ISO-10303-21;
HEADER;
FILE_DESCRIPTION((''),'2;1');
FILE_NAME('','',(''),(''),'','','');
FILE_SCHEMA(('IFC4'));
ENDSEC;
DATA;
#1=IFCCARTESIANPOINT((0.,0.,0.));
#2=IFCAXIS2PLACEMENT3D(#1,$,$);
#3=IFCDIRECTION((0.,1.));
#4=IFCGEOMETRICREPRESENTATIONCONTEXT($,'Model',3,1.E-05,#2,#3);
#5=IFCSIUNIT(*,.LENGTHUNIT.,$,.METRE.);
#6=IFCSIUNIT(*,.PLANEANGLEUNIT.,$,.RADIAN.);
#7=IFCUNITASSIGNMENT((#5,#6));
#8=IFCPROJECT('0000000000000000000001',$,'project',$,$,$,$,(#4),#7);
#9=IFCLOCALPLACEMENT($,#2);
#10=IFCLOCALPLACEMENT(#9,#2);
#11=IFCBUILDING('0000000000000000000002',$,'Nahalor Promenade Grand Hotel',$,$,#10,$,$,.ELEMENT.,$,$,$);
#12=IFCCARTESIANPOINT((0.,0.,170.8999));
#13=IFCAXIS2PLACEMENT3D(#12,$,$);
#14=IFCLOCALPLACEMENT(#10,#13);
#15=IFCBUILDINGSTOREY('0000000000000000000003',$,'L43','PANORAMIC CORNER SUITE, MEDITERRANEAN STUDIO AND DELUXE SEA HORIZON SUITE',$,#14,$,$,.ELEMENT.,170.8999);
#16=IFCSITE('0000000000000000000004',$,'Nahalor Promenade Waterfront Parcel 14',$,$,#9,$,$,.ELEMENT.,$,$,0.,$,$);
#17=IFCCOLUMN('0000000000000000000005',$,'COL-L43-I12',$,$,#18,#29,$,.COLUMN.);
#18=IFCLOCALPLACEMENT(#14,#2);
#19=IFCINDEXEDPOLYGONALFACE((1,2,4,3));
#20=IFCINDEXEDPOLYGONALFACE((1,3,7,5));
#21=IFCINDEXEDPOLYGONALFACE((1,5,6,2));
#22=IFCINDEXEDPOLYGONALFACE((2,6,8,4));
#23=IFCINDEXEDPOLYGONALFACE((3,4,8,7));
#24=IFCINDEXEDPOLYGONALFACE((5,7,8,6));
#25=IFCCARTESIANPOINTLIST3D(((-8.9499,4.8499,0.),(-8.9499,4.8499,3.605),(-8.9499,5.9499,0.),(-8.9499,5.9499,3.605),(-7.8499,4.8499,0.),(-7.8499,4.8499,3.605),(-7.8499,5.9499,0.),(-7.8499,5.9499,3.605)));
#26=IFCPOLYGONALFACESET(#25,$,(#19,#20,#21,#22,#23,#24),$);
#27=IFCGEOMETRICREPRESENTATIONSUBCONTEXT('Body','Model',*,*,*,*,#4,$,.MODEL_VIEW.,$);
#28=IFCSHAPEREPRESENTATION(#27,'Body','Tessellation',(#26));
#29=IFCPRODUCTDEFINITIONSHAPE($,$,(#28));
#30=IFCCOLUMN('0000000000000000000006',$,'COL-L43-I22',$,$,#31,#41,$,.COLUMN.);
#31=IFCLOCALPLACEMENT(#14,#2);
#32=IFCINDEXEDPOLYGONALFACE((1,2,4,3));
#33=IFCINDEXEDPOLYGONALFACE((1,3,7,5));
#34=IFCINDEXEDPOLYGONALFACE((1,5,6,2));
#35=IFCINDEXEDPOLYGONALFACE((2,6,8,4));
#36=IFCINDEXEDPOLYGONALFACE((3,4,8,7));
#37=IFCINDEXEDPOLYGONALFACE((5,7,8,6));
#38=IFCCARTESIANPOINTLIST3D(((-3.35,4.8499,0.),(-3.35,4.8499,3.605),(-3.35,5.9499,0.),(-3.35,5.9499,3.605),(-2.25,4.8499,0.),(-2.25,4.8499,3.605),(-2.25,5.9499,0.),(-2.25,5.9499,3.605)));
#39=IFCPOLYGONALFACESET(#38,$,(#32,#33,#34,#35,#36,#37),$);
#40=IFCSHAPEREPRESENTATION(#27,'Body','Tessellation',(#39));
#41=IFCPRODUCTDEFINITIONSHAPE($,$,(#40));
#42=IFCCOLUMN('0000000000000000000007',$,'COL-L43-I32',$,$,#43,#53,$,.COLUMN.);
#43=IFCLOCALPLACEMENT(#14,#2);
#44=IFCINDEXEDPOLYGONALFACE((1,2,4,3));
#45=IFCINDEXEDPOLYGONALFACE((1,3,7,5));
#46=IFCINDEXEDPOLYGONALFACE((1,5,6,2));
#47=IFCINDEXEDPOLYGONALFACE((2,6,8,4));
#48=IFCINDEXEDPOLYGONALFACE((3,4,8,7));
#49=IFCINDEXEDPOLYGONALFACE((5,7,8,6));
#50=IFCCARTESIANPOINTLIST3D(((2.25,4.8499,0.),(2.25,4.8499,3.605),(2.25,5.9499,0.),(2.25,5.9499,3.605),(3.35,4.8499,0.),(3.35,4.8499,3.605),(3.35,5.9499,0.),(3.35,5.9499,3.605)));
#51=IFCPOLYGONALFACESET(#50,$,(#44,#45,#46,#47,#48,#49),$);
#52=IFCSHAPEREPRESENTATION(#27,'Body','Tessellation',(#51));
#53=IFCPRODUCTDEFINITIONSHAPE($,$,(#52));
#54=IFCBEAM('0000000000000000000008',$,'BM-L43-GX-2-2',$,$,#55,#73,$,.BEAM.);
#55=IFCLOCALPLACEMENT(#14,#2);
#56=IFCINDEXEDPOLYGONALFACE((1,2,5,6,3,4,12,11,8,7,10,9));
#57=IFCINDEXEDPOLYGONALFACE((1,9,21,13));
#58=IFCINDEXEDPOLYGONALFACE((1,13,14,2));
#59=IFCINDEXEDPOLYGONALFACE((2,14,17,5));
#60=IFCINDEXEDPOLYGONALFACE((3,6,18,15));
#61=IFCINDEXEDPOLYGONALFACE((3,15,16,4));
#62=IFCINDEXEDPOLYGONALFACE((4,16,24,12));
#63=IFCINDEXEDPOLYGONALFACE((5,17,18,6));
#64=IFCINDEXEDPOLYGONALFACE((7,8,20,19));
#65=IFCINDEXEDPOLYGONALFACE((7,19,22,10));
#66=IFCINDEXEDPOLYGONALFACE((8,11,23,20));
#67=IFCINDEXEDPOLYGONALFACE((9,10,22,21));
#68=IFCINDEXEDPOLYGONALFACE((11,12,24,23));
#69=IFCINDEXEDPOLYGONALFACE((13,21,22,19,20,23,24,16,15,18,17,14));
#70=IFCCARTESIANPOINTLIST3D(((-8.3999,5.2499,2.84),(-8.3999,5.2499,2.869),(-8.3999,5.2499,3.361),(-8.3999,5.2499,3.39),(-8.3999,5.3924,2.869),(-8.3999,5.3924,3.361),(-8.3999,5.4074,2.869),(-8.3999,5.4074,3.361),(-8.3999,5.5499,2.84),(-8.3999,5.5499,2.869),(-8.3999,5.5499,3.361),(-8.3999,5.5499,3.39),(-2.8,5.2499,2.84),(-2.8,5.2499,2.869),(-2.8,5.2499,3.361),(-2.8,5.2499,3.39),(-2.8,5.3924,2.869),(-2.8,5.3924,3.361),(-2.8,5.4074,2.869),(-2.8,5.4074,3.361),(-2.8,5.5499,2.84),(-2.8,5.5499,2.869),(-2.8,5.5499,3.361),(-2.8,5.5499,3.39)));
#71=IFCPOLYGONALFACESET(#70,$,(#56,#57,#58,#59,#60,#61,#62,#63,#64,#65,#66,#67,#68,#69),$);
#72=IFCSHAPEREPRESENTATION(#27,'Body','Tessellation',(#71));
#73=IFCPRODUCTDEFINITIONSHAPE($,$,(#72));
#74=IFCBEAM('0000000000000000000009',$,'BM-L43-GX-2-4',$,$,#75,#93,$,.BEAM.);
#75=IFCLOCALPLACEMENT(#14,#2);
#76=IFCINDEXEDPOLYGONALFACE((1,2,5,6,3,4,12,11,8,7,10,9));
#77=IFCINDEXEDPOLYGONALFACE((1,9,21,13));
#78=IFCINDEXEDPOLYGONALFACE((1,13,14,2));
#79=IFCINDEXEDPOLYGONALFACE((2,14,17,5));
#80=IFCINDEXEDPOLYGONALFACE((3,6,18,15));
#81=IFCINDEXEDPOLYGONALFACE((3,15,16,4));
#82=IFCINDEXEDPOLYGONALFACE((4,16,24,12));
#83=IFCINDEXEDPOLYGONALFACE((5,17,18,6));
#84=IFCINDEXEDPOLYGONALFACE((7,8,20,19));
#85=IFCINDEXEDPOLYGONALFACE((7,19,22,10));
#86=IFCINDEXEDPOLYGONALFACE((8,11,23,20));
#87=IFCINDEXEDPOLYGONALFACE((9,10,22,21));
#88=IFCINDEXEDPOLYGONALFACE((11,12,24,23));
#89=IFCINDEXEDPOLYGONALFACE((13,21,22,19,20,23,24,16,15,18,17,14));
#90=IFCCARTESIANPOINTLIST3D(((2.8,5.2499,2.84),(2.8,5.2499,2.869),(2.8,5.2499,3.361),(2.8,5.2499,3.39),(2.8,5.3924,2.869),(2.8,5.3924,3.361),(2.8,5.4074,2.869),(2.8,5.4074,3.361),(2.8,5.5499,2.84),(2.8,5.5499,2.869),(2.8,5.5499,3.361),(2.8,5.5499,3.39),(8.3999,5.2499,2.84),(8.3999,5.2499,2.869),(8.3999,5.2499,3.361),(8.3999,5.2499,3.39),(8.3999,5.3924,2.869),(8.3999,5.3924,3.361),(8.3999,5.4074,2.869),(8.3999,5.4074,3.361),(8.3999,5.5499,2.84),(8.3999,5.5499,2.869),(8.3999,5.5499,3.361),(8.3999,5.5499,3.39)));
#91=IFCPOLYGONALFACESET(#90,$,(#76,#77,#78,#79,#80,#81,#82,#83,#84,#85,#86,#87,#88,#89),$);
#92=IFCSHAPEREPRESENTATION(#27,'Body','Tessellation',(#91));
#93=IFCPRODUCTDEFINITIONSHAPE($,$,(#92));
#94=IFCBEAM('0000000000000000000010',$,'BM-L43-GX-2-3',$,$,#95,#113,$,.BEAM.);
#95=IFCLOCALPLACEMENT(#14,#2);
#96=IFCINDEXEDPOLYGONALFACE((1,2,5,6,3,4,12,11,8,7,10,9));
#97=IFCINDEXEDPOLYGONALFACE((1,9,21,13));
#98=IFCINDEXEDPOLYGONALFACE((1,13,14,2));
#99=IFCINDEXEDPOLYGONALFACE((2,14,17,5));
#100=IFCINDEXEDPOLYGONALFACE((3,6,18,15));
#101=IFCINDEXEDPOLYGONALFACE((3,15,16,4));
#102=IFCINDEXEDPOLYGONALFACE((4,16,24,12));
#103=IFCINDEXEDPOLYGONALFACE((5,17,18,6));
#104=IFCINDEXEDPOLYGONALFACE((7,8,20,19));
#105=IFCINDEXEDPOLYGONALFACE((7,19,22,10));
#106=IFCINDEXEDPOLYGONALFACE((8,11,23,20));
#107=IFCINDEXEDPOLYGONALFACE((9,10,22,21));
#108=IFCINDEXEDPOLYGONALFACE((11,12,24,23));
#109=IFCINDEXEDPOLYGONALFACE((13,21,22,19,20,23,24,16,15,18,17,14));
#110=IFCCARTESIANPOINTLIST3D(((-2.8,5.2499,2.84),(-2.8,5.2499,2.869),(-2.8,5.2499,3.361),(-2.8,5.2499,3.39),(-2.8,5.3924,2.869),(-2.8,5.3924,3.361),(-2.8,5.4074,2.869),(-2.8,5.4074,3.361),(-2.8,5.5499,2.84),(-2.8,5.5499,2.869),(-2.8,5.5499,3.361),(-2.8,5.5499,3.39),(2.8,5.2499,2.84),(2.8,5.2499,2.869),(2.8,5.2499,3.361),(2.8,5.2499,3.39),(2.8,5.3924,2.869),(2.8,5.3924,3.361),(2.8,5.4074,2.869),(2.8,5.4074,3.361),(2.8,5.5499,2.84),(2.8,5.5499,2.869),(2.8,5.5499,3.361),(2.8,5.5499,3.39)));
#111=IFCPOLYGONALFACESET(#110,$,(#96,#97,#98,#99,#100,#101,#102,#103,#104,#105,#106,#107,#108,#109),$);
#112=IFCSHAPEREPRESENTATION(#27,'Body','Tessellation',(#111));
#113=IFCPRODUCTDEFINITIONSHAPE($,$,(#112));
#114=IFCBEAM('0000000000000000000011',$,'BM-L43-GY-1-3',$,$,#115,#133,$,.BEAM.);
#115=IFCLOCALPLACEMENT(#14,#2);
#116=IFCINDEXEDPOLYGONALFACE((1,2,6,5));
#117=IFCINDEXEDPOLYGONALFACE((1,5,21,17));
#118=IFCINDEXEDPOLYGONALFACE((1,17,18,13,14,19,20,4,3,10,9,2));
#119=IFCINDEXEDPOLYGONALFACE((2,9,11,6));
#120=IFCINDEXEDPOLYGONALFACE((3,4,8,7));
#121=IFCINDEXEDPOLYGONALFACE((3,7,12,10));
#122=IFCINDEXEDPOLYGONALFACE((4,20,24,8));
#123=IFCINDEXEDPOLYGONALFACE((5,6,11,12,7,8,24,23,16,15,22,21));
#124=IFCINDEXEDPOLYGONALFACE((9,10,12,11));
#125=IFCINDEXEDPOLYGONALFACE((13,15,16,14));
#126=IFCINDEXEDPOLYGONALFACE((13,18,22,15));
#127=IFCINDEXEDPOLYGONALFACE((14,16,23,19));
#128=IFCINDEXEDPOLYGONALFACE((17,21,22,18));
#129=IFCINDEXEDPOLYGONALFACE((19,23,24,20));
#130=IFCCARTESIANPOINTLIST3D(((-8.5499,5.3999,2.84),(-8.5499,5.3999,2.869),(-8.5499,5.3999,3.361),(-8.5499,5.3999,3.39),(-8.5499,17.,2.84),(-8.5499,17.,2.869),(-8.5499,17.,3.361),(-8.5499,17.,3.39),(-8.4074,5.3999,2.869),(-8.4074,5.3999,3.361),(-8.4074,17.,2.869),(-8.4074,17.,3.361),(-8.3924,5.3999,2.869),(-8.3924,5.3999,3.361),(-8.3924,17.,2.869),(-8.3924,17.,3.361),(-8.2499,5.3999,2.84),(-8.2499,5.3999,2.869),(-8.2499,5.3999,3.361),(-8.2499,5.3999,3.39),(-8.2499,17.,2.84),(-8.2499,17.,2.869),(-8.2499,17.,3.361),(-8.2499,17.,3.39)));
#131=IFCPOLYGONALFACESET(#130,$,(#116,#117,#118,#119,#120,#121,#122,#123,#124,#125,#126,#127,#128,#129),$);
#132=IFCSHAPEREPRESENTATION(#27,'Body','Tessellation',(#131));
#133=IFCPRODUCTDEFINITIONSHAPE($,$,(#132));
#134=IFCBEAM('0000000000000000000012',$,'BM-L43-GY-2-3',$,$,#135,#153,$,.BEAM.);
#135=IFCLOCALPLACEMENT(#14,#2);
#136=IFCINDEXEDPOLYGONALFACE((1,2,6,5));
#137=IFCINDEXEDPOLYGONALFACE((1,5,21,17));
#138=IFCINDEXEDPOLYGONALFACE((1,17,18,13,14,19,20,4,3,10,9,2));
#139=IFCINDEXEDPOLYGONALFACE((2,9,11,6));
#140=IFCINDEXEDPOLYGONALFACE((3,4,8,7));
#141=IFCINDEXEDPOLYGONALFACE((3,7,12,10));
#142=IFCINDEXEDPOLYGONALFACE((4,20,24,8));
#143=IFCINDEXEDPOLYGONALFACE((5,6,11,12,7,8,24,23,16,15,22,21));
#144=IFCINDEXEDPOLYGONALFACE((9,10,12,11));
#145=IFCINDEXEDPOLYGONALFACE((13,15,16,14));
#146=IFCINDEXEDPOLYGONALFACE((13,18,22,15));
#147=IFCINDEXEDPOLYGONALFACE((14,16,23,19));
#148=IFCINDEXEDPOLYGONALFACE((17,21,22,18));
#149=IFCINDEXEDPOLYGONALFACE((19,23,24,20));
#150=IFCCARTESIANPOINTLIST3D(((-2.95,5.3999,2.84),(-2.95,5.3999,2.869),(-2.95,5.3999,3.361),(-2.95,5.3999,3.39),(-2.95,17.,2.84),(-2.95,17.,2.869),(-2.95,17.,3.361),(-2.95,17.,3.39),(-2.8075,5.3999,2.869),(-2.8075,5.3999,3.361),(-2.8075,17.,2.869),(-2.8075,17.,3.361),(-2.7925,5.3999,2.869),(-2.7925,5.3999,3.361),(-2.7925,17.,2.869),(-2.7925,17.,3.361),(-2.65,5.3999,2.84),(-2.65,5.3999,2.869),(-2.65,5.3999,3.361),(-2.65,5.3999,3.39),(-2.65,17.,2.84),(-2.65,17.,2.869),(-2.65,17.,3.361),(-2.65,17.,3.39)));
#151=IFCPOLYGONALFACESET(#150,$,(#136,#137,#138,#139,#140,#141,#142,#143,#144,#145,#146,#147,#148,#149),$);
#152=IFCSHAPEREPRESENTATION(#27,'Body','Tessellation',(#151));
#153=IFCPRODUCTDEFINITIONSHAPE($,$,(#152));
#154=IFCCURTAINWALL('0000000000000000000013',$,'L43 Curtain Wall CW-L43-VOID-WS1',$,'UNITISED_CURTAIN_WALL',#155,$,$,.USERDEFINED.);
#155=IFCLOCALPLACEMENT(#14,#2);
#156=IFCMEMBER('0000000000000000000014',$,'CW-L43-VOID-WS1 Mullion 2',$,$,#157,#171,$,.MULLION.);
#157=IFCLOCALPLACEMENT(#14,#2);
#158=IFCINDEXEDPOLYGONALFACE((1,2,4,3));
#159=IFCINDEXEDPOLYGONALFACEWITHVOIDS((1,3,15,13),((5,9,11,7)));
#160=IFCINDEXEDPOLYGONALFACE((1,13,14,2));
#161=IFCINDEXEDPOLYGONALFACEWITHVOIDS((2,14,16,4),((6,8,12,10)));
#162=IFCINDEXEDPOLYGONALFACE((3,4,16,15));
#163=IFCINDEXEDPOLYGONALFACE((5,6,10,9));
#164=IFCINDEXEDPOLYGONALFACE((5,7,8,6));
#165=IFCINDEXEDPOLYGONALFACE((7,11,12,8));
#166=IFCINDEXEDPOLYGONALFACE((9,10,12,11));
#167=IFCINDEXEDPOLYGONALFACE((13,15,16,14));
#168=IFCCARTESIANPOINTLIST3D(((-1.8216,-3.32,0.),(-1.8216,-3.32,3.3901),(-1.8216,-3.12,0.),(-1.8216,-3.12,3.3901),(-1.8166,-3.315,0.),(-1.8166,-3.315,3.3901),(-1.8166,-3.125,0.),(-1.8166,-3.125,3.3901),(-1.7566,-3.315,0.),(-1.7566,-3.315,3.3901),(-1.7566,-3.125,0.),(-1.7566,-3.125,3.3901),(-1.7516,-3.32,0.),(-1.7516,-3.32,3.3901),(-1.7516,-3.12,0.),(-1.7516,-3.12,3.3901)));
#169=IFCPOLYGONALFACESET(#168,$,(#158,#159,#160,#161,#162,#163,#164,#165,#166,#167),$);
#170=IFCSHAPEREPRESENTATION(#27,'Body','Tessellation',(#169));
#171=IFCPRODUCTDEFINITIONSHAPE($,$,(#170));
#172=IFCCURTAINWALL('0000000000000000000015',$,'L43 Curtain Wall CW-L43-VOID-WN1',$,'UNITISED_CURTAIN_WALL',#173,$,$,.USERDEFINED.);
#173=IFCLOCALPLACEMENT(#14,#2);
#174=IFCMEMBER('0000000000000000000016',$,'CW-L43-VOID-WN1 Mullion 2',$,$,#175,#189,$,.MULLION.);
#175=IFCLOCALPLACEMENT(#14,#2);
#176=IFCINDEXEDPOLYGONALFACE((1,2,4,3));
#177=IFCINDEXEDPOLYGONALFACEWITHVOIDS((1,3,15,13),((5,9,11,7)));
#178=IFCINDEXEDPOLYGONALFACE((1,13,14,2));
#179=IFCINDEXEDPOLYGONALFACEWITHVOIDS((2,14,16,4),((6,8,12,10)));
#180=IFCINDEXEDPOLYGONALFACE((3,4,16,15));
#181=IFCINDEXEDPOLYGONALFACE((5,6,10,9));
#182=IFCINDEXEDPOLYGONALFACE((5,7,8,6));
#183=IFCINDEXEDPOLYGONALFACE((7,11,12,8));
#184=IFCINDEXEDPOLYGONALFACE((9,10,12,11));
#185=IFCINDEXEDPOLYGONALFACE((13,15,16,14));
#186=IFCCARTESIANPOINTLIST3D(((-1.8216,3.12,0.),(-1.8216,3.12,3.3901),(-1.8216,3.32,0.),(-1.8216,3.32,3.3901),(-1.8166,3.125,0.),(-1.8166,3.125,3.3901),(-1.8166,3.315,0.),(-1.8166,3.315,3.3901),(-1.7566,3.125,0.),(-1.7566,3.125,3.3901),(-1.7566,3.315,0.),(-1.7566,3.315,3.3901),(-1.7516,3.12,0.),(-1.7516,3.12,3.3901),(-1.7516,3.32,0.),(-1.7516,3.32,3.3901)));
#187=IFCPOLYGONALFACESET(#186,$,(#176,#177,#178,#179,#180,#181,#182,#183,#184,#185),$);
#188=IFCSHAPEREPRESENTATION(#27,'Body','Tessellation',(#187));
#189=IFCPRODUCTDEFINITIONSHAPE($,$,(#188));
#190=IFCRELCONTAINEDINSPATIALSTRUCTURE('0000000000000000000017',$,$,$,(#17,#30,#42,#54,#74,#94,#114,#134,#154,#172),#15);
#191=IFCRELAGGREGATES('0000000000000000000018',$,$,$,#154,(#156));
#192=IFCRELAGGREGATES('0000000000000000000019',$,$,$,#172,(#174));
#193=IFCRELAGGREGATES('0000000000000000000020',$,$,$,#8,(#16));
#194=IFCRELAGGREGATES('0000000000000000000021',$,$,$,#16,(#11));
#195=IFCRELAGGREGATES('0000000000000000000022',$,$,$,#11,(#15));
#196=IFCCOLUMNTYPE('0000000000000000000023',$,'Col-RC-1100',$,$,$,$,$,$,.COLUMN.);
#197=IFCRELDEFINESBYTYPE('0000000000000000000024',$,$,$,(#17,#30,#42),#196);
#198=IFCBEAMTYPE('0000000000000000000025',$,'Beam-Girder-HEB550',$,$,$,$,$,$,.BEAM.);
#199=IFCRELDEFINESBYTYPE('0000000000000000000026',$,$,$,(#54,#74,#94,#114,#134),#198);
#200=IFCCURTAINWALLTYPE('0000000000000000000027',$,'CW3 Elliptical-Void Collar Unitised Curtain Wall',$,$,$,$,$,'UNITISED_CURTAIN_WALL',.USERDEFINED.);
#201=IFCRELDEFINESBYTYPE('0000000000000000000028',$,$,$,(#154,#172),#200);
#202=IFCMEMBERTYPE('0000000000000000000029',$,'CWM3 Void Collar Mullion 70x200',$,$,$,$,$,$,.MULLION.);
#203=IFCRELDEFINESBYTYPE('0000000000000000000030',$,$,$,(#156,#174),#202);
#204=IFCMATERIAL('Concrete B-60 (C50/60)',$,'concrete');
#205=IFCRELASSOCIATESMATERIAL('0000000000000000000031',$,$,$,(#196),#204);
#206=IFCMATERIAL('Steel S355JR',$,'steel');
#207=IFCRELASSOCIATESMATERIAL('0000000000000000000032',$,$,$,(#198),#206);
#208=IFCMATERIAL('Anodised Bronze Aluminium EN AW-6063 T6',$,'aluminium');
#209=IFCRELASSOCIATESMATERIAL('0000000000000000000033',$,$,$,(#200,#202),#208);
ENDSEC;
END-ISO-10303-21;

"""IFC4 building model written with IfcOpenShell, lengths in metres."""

from ifc_helpers import new_model, si_unit, direction, frame, origin, origin_2d, place, context, subcontext, project, spatial, rectangle, hollow_rectangle, i_section, extrude, source, transform, mapped, material, material_profile, profile_set, type_object, element, aggregate, save


model = new_model("IFC4")

# Units and contexts
model_context = context("Model", 3, precision=1e-05, world=origin(), true_north=direction((0.0, 1.0)))
body_context = subcontext(model_context, "Body", "Model", "MODEL_VIEW")
ifc_project = project(units=[si_unit("LENGTHUNIT", "METRE"), si_unit("PLANEANGLEUNIT", "RADIAN")], contexts=[model_context])

# Site, building, storey
site_placement = place(None, origin())
site = spatial("IfcSite", under=ifc_project, at=site_placement, Name="Nahalor Promenade Waterfront Parcel 14", CompositionType="ELEMENT", RefElevation=0.0)
building_placement = place(site_placement, origin())
building = spatial("IfcBuilding", under=site, at=building_placement, Name="Nahalor Promenade Grand Hotel", CompositionType="ELEMENT")
storey_placement = place(building_placement, frame((0.0, 0.0, 170.8999)))
storey = spatial("IfcBuildingStorey", under=building, at=storey_placement, Name="L43", Description="PANORAMIC CORNER SUITE, MEDITERRANEAN STUDIO AND DELUXE SEA HORIZON SUITE", CompositionType="ELEMENT", Elevation=170.8999)

# Columns
ifc_material_1 = material(Name="Concrete B-60 (C50/60)", Category="concrete")
ifc_material_profile_1 = material_profile(ifc_material_1, rectangle(XDim=1.1, YDim=1.1, at=origin_2d()), Name="RC 1100x1100")
ifc_profile_set_1 = profile_set([ifc_material_profile_1], Name="Concrete B-60 (C50/60)")
column_type = type_object("IfcColumnType", Name="Col-RC-1100", PredefinedType="COLUMN", material=ifc_profile_set_1)
shared_shape_1 = source(origin(), body_context, "Body", "SweptSolid", [
    extrude(rectangle(XDim=1.1, YDim=1.1, at=origin_2d()), origin(), (0.0, 0.0, 1.0), 3.605),
])
for number, where, z_axis, x_axis, name in (
    (1, (-8.3999, 5.3999, 0.0), (0.0, 0.0, 1.0), (1.0, 0.0, 0.0), "COL-L43-I12"),
    (2, (-2.8, 5.3999, 0.0), (0.0, 0.0, 1.0), (1.0, 0.0, 0.0), "COL-L43-I22"),
    (3, (2.8, 5.3999, 0.0), (0.0, 0.0, 1.0), (1.0, 0.0, 0.0), "COL-L43-I32"),
):
    element("IfcColumn", number, at=place(storey_placement, frame(where, z_axis=z_axis, x_axis=x_axis)), inside=storey, type_object=column_type, Name=name, PredefinedType="COLUMN", context=body_context, shape_type="MappedRepresentation", body=[
        mapped(shared_shape_1, transform((0.0, 0.0, 0.0), scale=1.0)),
    ])

# Beams
ifc_material_2 = material(Name="Steel S355JR", Category="steel")
ifc_material_profile_2 = material_profile(ifc_material_2, i_section(OverallWidth=0.3, OverallDepth=0.55, WebThickness=0.015, FlangeThickness=0.029, at=origin_2d()), Name="HEB 550")
ifc_profile_set_2 = profile_set([ifc_material_profile_2], Name="Steel S355JR")
beam_type = type_object("IfcBeamType", Name="Beam-Girder-HEB550", PredefinedType="BEAM", material=ifc_profile_set_2)
shared_shape_2 = source(origin(), body_context, "Body", "SweptSolid", [
    extrude(i_section(OverallWidth=0.3, OverallDepth=0.55, WebThickness=0.015, FlangeThickness=0.029, at=origin_2d()), origin(), (0.0, 0.0, 1.0), 5.5999),
])
for number, where, z_axis, x_axis, name in (
    (4, (-8.3999, 5.3999, 3.115), (1.0, 0.0, 0.0), (0.0, 1.0, 0.0), "BM-L43-GX-2-2"),
    (5, (2.8, 5.3999, 3.115), (1.0, 0.0, 0.0), (0.0, 1.0, 0.0), "BM-L43-GX-2-4"),
):
    element("IfcBeam", number, at=place(storey_placement, frame(where, z_axis=z_axis, x_axis=x_axis)), inside=storey, type_object=beam_type, Name=name, PredefinedType="BEAM", context=body_context, shape_type="MappedRepresentation", body=[
        mapped(shared_shape_2, transform((0.0, 0.0, 0.0), scale=1.0)),
    ])
shared_shape_3 = source(origin(), body_context, "Body", "SweptSolid", [
    extrude(i_section(OverallWidth=0.3, OverallDepth=0.55, WebThickness=0.015, FlangeThickness=0.029, at=origin_2d()), origin(), (0.0, 0.0, 1.0), 5.6001),
])
beam_placement = place(storey_placement, frame((-2.8, 5.3999, 3.115), z_axis=(1.0, 0.0, 0.0), x_axis=(0.0, 1.0, 0.0)))
element("IfcBeam", 6, at=beam_placement, inside=storey, type_object=beam_type, Name="BM-L43-GX-2-3", PredefinedType="BEAM", context=body_context, shape_type="MappedRepresentation", body=[
    mapped(shared_shape_3, transform((0.0, 0.0, 0.0), scale=1.0)),
])
shared_shape_4 = source(origin(), body_context, "Body", "SweptSolid", [
    extrude(i_section(OverallWidth=0.3, OverallDepth=0.55, WebThickness=0.015, FlangeThickness=0.029, at=origin_2d()), origin(), (0.0, 0.0, 1.0), 11.6001),
])
for number, where, z_axis, x_axis, name in (
    (7, (-8.3999, 5.3999, 3.115), (0.0, 1.0, 0.0), (-1.0, 0.0, 0.0), "BM-L43-GY-1-3"),
    (8, (-2.8, 5.3999, 3.115), (0.0, 1.0, 0.0), (-1.0, 0.0, 0.0), "BM-L43-GY-2-3"),
):
    element("IfcBeam", number, at=place(storey_placement, frame(where, z_axis=z_axis, x_axis=x_axis)), inside=storey, type_object=beam_type, Name=name, PredefinedType="BEAM", context=body_context, shape_type="MappedRepresentation", body=[
        mapped(shared_shape_4, transform((0.0, 0.0, 0.0), scale=1.0)),
    ])

# Curtain walls, members
ifc_material_3 = material(Name="Anodised Bronze Aluminium EN AW-6063 T6", Category="aluminium")
curtain_wall_type = type_object("IfcCurtainWallType", Name="CW3 Elliptical-Void Collar Unitised Curtain Wall", ElementType="UNITISED_CURTAIN_WALL", PredefinedType="USERDEFINED", material=ifc_material_3)
curtain_wall_1_placement = place(storey_placement, origin())
curtain_wall_1 = element("IfcCurtainWall", 9, at=curtain_wall_1_placement, inside=storey, type_object=curtain_wall_type, Name="L43 Curtain Wall CW-L43-VOID-WS1", ObjectType="UNITISED_CURTAIN_WALL", PredefinedType="USERDEFINED")
ifc_material_profile_3 = material_profile(ifc_material_3, hollow_rectangle(XDim=0.07, YDim=0.2, WallThickness=0.005, at=origin_2d()), Name="CWM 70x200x5")
ifc_profile_set_3 = profile_set([ifc_material_profile_3], Name="Anodised Bronze Aluminium EN AW-6063 T6")
member_type_1 = type_object("IfcMemberType", Name="CWM3 Void Collar Mullion 70x200", PredefinedType="MULLION", material=ifc_profile_set_3)
shared_shape_5 = source(origin(), body_context, "Body", "SweptSolid", [
    extrude(hollow_rectangle(XDim=0.07, YDim=0.2, WallThickness=0.005, at=origin_2d()), origin(), (0.0, 0.0, 1.0), 3.3901),
])
member_1_placement = place(storey_placement, frame((-1.7866, -3.22, 0.0), z_axis=(0.0, 0.0, 1.0), x_axis=(1.0, 0.0, 0.0)))
member_1 = element("IfcMember", 10, at=member_1_placement, type_object=member_type_1, Name="CW-L43-VOID-WS1 Mullion 2", PredefinedType="MULLION", context=body_context, shape_type="MappedRepresentation", body=[
    mapped(shared_shape_5, transform((0.0, 0.0, 0.0), scale=1.0)),
])
curtain_wall_2_placement = place(storey_placement, origin())
curtain_wall_2 = element("IfcCurtainWall", 11, at=curtain_wall_2_placement, inside=storey, type_object=curtain_wall_type, Name="L43 Curtain Wall CW-L43-VOID-WN1", ObjectType="UNITISED_CURTAIN_WALL", PredefinedType="USERDEFINED")
member_2_placement = place(storey_placement, frame((-1.7866, 3.22, 0.0), z_axis=(0.0, 0.0, 1.0), x_axis=(1.0, 0.0, 0.0)))
member_2 = element("IfcMember", 12, at=member_2_placement, type_object=member_type_1, Name="CW-L43-VOID-WN1 Mullion 2", PredefinedType="MULLION", context=body_context, shape_type="MappedRepresentation", body=[
    mapped(shared_shape_5, transform((0.0, 0.0, 0.0), scale=1.0)),
])

aggregate(curtain_wall_1, [member_1])
aggregate(curtain_wall_2, [member_2])

save(model, "model.ifc")
